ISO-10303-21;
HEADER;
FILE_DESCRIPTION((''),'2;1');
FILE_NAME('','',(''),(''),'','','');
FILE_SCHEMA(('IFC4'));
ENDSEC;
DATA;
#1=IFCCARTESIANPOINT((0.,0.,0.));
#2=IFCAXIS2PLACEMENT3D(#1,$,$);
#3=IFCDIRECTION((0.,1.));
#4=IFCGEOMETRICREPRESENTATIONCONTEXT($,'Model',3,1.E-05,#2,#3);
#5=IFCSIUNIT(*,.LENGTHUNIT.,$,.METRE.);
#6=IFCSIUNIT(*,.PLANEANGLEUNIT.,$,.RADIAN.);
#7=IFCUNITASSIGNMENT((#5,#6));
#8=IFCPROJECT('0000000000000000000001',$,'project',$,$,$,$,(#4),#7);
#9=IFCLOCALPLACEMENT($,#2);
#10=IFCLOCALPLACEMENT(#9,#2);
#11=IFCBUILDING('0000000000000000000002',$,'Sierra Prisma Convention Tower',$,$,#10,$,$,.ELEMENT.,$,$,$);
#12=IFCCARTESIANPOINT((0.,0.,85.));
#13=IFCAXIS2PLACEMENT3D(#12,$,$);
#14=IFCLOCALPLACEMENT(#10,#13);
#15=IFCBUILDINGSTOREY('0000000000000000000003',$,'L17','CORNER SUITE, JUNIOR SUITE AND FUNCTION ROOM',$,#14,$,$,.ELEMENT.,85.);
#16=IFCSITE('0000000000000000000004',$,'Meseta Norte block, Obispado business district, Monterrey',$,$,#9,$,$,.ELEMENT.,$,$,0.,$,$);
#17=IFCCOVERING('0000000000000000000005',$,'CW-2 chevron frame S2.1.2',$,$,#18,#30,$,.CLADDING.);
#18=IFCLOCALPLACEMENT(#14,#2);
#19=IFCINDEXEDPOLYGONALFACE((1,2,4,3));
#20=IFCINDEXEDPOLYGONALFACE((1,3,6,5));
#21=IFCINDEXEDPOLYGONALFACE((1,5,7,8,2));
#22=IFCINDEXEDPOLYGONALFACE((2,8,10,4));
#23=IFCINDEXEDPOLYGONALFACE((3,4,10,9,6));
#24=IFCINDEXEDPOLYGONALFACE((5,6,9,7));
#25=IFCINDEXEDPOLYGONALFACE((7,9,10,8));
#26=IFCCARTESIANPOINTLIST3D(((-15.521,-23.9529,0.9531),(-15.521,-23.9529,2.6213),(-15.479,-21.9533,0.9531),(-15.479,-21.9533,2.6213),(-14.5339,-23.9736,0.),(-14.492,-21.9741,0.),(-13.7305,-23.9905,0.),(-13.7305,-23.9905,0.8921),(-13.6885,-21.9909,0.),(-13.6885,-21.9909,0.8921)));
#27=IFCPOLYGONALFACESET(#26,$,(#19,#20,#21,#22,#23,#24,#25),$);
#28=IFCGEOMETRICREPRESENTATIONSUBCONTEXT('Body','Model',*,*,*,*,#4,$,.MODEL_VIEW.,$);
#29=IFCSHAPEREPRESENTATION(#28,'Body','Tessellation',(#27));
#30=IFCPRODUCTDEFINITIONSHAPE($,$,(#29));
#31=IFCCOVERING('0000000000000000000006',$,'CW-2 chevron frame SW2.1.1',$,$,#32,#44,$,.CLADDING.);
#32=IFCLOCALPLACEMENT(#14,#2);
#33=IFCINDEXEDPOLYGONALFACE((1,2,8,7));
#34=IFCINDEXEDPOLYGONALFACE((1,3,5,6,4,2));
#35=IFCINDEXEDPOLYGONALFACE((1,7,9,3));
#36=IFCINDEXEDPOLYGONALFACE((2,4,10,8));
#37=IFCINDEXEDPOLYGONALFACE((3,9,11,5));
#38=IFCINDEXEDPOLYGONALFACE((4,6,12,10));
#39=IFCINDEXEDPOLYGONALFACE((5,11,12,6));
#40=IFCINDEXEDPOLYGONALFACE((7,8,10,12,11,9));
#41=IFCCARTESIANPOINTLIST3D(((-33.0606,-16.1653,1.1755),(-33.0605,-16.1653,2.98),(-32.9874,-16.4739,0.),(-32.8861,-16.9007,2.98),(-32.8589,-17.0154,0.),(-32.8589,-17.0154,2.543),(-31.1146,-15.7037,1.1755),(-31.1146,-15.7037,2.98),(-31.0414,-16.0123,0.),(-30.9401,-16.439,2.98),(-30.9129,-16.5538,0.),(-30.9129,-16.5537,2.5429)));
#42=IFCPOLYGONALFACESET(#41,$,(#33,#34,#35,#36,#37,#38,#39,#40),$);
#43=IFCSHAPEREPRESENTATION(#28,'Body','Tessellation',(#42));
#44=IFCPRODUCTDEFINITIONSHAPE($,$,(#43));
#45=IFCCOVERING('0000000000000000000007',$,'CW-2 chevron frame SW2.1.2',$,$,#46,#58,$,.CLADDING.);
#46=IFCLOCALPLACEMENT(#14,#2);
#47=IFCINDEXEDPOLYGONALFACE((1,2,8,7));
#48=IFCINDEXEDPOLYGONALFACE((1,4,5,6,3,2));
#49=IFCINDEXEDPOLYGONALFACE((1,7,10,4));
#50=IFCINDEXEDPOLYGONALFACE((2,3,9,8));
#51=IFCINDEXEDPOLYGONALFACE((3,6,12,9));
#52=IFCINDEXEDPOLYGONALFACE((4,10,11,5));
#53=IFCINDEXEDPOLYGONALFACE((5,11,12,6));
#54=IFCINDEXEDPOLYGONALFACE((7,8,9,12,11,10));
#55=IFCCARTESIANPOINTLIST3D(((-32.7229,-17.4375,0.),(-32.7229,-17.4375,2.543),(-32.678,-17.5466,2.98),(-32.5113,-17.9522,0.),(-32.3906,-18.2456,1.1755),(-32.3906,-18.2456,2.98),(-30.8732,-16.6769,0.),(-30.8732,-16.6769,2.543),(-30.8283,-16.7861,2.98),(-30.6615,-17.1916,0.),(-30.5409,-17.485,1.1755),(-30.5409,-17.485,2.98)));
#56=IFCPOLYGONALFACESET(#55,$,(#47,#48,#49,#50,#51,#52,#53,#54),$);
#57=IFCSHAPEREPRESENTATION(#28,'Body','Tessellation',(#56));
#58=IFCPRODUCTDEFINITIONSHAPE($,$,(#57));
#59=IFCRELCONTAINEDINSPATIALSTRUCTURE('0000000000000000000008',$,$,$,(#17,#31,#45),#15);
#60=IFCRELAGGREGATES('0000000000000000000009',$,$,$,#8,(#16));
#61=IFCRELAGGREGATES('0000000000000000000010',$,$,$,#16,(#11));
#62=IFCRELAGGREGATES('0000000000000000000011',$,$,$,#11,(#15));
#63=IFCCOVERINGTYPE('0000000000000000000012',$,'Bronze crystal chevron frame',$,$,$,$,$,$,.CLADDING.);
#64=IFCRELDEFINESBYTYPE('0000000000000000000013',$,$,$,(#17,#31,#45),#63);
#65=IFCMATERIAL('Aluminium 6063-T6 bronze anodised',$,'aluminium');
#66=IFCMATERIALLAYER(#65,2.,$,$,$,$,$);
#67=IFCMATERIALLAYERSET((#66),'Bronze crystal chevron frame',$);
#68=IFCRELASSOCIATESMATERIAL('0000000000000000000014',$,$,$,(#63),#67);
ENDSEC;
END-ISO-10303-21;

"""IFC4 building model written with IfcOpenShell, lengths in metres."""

from ifc_helpers import new_model, si_unit, direction, frame, origin, place, context, subcontext, project, spatial, polyline, outline, extrude, material, layer, layer_set, type_object, element, save


model = new_model("IFC4")

# Units and contexts
model_context = context("Model", 3, precision=1e-05, world=origin(), true_north=direction((0.0, 1.0)))
body_context = subcontext(model_context, "Body", "Model", "MODEL_VIEW")
ifc_project = project(units=[si_unit("LENGTHUNIT", "METRE"), si_unit("PLANEANGLEUNIT", "RADIAN")], contexts=[model_context])

# Site, building, storey
site_placement = place(None, origin())
site = spatial("IfcSite", under=ifc_project, at=site_placement, Name="Meseta Norte block, Obispado business district, Monterrey", CompositionType="ELEMENT", RefElevation=0.0)
building_placement = place(site_placement, origin())
building = spatial("IfcBuilding", under=site, at=building_placement, Name="Sierra Prisma Convention Tower", CompositionType="ELEMENT")
storey_placement = place(building_placement, frame((0.0, 0.0, 85.0)))
storey = spatial("IfcBuildingStorey", under=building, at=storey_placement, Name="L17", Description="CORNER SUITE, JUNIOR SUITE AND FUNCTION ROOM", CompositionType="ELEMENT", Elevation=85.0)

# Coverings
ifc_material_1 = material(Name="Aluminium 6063-T6 bronze anodised", Category="aluminium")
ifc_layer_1 = layer(ifc_material_1, 2.0)
ifc_layer_set_1 = layer_set([ifc_layer_1], Name="Bronze crystal chevron frame")
covering_type = type_object("IfcCoveringType", Name="Bronze crystal chevron frame", PredefinedType="CLADDING", material=ifc_layer_set_1)
covering_1_placement = place(storey_placement, frame((-15.521, -23.9529, 2.6213), z_axis=(-0.020989, -0.99978, 0.000009), x_axis=(0.0, -0.000009, -1.0)))
element("IfcCovering", 1, at=covering_1_placement, inside=storey, type_object=covering_type, Name="CW-2 chevron frame S2.1.2", PredefinedType="CLADDING", context=body_context, shape_type="SweptSolid", body=[
    extrude(outline(polyline([(0.0, 0.0), (1.6682, 0.0), (2.6213, 0.9873), (2.6213, 1.7909), (1.7292, 1.7909), (0.0, 0.0)])), origin(), (0.0, 0.0, -1.0), 2.0),
])
covering_2_placement = place(storey_placement, frame((-33.0605, -16.1653, 2.98), z_axis=(-0.972997, -0.230816, 0.000015), x_axis=(-0.000014, -0.000003, -1.0)))
element("IfcCovering", 2, at=covering_2_placement, inside=storey, type_object=covering_type, Name="CW-2 chevron frame SW2.1.1", PredefinedType="CLADDING", context=body_context, shape_type="SweptSolid", body=[
    extrude(outline(polyline([(0.0, 0.0), (1.8044, 0.0), (2.98, 0.3172), (2.98, 0.8737), (0.437, 0.8737), (0.0, 0.7558), (0.0, 0.0)])), origin(), (0.0, 0.0, -1.0), 2.0),
])
covering_3_placement = place(storey_placement, frame((-32.7229, -17.4375, 0.0), z_axis=(-0.924866, -0.380294, -0.000001), x_axis=(0.380294, -0.924866, 0.0)))
element("IfcCovering", 3, at=covering_3_placement, inside=storey, type_object=covering_type, Name="CW-2 chevron frame SW2.1.2", PredefinedType="CLADDING", context=body_context, shape_type="SweptSolid", body=[
    extrude(outline(polyline([(0.0, 0.0), (0.5565, 0.0), (0.8738, 1.1755), (0.8738, 2.98), (0.118, 2.98), (0.0, 2.543), (0.0, 0.0)])), origin(), (0.0, 0.0, -1.0), 2.0),
])

save(model, "model.ifc")
